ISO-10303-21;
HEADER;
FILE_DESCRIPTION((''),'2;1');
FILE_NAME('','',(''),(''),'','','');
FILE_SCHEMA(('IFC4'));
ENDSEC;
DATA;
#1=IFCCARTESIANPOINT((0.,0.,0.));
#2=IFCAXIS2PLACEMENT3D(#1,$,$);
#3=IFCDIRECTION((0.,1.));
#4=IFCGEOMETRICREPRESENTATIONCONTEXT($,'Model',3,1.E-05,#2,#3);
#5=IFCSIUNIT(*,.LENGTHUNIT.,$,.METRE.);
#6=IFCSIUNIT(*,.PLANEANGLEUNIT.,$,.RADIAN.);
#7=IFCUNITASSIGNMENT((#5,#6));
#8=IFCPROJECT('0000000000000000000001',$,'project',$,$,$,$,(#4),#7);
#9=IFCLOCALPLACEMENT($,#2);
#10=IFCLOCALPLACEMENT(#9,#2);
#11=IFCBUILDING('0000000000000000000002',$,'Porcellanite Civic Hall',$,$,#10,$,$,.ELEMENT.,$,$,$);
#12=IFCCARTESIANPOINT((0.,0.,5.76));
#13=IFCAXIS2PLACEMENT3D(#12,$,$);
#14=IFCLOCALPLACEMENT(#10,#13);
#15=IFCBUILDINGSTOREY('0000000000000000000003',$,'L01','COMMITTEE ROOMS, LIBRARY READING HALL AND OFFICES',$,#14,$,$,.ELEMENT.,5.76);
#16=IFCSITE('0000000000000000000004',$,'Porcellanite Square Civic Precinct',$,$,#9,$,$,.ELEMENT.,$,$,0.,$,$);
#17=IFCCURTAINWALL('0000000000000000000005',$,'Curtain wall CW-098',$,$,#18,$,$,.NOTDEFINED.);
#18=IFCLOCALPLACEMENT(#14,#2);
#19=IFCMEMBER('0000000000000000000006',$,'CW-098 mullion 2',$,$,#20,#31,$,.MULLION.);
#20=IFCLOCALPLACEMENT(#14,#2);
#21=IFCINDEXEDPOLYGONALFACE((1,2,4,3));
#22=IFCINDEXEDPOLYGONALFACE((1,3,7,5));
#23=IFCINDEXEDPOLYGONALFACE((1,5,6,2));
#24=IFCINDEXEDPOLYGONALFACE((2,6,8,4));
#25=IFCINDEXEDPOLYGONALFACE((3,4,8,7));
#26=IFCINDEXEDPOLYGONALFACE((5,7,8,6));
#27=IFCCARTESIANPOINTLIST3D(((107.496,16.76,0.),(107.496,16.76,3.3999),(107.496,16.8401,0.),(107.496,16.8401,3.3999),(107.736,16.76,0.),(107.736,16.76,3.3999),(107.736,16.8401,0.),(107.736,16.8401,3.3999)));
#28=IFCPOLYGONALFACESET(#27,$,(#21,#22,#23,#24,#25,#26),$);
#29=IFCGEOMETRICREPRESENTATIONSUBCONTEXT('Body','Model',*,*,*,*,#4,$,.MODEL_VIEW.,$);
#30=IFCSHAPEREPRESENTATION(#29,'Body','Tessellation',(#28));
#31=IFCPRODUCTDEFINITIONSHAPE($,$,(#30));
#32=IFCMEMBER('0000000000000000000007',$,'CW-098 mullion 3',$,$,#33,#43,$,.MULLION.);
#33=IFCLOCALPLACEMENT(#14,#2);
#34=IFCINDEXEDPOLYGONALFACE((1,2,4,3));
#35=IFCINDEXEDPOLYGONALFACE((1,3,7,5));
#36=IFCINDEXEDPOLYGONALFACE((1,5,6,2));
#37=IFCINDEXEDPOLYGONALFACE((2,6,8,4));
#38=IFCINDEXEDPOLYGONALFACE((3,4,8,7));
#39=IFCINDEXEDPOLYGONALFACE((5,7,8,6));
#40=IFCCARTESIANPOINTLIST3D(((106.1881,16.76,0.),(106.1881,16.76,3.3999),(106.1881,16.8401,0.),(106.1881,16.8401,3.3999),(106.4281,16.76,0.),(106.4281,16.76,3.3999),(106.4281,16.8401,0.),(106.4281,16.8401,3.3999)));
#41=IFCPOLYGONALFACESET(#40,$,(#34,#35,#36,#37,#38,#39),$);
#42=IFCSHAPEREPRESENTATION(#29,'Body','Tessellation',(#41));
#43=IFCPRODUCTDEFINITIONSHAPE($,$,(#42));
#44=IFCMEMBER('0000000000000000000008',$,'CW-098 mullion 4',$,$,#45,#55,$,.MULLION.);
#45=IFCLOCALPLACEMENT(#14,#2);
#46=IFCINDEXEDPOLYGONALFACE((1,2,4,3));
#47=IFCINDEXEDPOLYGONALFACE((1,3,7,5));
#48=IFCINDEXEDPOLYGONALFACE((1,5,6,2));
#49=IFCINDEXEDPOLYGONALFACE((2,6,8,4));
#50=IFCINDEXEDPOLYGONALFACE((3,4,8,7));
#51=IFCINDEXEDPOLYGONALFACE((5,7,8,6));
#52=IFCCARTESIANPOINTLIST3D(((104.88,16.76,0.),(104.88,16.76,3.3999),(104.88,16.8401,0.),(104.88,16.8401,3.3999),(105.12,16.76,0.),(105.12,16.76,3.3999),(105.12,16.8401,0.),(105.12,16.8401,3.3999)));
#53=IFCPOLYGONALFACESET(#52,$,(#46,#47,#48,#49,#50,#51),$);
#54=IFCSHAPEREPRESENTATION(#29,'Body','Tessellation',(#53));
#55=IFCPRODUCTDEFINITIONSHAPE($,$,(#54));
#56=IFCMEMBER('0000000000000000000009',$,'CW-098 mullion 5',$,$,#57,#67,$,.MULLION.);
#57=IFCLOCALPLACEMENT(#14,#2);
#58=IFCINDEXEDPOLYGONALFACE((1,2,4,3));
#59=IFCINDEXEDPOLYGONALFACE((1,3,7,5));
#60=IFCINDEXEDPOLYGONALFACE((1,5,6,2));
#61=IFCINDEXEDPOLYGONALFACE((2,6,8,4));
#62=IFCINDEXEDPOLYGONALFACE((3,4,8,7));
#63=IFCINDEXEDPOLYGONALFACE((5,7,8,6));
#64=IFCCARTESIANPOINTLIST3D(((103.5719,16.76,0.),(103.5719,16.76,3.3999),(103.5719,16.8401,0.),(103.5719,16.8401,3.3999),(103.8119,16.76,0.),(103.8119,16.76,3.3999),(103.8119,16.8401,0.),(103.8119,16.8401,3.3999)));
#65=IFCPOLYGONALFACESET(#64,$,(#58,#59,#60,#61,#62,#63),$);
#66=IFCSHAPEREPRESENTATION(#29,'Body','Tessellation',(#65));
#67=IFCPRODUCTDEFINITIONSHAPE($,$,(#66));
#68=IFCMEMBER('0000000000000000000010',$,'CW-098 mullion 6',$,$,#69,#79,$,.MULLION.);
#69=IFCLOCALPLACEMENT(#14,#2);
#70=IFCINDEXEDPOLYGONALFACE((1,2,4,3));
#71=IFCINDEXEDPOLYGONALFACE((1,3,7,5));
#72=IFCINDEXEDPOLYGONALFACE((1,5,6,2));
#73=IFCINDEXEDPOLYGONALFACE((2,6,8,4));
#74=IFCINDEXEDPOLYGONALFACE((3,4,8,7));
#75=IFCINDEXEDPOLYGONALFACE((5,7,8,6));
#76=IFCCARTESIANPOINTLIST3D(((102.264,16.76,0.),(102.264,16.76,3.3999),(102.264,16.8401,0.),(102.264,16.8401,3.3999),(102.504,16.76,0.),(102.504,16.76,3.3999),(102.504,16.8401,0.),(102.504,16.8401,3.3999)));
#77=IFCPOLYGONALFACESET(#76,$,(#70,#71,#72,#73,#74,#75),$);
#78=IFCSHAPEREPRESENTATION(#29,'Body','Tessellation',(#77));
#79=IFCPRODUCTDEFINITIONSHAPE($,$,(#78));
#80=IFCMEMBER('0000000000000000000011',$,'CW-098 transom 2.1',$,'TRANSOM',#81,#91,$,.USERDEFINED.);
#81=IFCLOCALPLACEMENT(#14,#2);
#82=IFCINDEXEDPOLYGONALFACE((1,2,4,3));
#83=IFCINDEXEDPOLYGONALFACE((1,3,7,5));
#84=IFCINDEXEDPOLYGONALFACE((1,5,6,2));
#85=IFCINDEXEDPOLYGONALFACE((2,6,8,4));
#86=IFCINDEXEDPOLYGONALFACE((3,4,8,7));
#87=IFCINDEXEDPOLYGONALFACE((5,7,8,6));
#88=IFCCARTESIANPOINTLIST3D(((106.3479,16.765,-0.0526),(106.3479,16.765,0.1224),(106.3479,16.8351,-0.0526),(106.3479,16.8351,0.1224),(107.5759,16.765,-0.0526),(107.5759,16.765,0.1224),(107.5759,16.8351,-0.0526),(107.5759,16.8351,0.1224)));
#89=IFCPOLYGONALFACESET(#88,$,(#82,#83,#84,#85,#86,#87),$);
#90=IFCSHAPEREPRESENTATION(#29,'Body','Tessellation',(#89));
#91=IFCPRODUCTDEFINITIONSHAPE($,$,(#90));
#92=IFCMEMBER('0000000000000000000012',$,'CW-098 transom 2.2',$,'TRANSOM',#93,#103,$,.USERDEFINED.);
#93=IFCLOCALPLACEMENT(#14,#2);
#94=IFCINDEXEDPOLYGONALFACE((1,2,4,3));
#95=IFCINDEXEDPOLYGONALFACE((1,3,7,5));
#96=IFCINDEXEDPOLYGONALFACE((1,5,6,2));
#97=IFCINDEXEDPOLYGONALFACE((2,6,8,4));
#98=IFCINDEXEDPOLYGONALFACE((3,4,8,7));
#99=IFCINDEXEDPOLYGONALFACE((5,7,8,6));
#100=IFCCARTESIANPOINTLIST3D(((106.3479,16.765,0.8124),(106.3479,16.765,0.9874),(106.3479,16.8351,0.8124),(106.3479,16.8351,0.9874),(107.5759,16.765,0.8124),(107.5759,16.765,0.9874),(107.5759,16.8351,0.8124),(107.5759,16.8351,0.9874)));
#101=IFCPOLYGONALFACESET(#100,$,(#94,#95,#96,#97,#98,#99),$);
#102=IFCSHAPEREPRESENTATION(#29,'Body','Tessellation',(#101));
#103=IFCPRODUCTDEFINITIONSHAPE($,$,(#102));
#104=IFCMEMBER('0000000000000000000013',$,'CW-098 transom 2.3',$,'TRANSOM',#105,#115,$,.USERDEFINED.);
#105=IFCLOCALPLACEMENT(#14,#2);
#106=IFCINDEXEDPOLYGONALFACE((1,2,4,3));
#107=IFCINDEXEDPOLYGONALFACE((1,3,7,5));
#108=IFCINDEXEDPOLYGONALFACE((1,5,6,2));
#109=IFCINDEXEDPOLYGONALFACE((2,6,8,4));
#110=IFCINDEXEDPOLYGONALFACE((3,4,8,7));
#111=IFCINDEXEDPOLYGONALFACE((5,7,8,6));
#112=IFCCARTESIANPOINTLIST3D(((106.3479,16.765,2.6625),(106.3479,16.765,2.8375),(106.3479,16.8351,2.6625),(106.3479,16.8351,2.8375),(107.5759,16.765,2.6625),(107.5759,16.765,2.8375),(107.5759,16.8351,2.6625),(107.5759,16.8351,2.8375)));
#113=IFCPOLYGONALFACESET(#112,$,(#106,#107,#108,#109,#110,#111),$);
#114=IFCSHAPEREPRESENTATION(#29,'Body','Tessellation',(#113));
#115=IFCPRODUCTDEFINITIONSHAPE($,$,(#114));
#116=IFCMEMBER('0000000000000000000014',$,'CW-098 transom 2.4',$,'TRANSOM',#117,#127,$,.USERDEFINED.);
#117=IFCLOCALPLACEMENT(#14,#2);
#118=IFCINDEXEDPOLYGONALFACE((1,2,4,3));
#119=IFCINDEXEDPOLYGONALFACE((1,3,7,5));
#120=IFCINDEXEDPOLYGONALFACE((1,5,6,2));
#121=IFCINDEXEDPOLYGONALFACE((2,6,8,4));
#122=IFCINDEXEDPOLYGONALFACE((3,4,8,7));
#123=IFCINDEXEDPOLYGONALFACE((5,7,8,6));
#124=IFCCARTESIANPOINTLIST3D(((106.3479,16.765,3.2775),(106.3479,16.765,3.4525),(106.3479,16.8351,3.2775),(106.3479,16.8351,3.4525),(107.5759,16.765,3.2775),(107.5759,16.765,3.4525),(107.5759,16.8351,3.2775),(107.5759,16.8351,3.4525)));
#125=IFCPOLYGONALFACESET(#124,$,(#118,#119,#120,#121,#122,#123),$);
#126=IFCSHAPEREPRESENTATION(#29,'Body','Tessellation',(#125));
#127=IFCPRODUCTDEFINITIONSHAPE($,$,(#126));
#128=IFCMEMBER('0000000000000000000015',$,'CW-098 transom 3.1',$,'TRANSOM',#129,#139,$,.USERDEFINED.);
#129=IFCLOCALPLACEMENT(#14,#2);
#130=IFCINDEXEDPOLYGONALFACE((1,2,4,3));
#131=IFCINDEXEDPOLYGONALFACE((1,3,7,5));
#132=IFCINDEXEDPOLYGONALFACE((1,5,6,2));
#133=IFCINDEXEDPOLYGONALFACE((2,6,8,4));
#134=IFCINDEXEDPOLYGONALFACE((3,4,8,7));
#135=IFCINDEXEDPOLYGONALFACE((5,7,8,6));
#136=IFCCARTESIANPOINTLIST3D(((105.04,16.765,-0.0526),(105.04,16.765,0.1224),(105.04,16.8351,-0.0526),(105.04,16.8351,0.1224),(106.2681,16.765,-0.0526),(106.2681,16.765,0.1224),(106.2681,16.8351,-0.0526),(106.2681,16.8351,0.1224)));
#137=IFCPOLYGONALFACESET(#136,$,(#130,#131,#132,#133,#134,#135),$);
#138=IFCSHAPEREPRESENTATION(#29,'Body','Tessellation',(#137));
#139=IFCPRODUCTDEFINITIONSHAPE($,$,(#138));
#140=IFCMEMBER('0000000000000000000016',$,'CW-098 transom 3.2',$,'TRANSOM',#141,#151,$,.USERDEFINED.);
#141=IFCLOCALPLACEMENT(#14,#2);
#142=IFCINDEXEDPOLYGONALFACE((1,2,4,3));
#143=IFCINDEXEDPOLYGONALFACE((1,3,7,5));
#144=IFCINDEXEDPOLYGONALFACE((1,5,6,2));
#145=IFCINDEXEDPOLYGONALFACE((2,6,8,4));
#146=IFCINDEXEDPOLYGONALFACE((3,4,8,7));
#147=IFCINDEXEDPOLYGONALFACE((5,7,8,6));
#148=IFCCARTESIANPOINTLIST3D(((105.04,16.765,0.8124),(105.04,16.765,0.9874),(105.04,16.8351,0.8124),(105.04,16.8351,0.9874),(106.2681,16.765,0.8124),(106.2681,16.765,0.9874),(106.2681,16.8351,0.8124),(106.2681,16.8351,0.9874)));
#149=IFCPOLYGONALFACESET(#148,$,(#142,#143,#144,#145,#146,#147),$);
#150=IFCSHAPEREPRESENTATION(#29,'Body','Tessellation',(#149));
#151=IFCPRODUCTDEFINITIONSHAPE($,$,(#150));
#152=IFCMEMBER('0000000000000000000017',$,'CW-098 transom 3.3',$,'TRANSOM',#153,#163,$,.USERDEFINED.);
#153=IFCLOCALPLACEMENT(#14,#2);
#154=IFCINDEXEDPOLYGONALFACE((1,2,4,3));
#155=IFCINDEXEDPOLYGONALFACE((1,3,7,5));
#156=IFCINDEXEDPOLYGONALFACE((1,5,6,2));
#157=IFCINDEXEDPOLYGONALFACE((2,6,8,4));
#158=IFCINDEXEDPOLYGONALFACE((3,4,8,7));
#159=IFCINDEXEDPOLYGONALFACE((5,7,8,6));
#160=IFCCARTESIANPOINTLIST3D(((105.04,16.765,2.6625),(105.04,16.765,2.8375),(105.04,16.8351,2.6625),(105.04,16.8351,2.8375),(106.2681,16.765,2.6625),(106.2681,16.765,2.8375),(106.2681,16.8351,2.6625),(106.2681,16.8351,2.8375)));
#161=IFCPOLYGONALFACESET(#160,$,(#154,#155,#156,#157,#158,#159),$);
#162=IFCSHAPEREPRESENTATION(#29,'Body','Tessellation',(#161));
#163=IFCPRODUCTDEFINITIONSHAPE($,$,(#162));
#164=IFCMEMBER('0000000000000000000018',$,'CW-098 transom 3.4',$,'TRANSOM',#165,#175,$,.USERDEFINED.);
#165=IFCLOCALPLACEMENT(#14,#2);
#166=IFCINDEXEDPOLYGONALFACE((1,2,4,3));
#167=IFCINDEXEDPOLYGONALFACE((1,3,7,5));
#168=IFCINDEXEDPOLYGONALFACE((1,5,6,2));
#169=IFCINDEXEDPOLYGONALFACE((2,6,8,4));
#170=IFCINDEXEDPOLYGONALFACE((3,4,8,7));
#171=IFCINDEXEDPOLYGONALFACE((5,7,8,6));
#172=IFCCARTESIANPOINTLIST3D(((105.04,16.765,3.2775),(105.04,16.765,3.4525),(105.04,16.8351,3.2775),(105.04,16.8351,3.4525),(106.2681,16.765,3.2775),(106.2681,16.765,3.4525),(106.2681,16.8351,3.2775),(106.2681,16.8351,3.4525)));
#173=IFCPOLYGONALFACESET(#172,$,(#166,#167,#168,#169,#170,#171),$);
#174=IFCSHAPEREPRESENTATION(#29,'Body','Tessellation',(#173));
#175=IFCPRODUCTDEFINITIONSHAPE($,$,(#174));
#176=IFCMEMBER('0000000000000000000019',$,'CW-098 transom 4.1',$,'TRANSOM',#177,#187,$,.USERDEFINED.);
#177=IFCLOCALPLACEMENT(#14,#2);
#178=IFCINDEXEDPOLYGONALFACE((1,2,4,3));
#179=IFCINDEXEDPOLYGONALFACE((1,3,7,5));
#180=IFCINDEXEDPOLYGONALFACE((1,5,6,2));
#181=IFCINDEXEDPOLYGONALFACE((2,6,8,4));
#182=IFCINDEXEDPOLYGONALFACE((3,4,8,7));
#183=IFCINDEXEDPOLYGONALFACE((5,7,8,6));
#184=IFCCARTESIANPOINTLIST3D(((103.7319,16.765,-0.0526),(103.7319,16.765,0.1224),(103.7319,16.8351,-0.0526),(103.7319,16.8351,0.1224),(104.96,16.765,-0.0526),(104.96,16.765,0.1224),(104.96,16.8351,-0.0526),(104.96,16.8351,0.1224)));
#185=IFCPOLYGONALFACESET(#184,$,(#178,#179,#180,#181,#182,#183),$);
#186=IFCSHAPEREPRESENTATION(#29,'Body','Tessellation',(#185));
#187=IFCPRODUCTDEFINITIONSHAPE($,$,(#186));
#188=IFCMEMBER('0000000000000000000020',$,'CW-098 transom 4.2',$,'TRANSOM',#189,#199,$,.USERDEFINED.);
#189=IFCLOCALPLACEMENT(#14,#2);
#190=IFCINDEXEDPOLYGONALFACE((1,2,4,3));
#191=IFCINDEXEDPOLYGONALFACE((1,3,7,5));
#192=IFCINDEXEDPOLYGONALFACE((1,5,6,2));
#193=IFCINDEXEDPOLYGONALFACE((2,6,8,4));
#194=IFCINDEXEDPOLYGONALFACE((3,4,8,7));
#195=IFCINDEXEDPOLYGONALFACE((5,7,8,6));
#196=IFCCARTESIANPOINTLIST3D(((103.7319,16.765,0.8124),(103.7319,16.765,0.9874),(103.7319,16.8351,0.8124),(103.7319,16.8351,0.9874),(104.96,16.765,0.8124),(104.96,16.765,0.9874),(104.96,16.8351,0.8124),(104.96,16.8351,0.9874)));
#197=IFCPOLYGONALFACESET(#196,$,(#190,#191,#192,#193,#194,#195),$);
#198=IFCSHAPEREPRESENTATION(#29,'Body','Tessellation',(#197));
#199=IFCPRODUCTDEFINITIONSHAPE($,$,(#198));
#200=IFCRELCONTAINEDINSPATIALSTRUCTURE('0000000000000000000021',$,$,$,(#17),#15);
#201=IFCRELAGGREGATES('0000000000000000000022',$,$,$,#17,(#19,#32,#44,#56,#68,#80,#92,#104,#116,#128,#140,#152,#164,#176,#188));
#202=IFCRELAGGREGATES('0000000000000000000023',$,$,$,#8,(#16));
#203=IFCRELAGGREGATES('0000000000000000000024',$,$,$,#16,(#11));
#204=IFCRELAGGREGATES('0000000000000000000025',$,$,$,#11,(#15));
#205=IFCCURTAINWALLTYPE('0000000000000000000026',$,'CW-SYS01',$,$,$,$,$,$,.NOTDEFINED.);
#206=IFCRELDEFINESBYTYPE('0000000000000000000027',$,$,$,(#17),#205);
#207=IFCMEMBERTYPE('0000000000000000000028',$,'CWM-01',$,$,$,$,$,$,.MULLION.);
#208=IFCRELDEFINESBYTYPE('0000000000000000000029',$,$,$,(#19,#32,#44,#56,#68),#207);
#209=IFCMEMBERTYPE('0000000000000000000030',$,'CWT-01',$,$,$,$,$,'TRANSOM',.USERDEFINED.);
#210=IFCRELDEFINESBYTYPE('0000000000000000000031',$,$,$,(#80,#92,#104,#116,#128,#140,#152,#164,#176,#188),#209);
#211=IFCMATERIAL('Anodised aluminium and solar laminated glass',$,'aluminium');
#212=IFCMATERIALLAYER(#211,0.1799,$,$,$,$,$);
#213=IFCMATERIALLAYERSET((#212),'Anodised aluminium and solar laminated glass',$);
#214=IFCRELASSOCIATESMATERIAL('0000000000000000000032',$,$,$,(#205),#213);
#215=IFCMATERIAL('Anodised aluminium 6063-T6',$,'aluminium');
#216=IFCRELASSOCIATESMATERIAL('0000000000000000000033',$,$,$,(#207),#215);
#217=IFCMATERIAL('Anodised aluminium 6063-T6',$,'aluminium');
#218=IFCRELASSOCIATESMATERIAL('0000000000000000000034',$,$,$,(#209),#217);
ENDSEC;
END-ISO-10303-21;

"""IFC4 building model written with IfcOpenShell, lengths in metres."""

from ifc_helpers import new_model, si_unit, direction, frame, origin, origin_2d, place, context, subcontext, project, spatial, rectangle, extrude, material, layer, layer_set, material_profile, profile_set, type_object, element, aggregate, save


model = new_model("IFC4")

# Units and contexts
model_context = context("Model", 3, precision=1e-05, world=origin(), true_north=direction((0.0, 1.0)))
body_context = subcontext(model_context, "Body", "Model", "MODEL_VIEW")
ifc_project = project(units=[si_unit("LENGTHUNIT", "METRE"), si_unit("PLANEANGLEUNIT", "RADIAN")], contexts=[model_context])

# Site, building, storey
site_placement = place(None, origin())
site = spatial("IfcSite", under=ifc_project, at=site_placement, Name="Porcellanite Square Civic Precinct", CompositionType="ELEMENT", RefElevation=0.0)
building_placement = place(site_placement, origin())
building = spatial("IfcBuilding", under=site, at=building_placement, Name="Porcellanite Civic Hall", CompositionType="ELEMENT")
storey_placement = place(building_placement, frame((0.0, 0.0, 5.76)))
storey = spatial("IfcBuildingStorey", under=building, at=storey_placement, Name="L01", Description="COMMITTEE ROOMS, LIBRARY READING HALL AND OFFICES", CompositionType="ELEMENT", Elevation=5.76)

# Curtain wall, members
ifc_material_1 = material(Name="Anodised aluminium and solar laminated glass", Category="aluminium")
ifc_layer_1 = layer(ifc_material_1, 0.1799)
ifc_layer_set_1 = layer_set([ifc_layer_1], Name="Anodised aluminium and solar laminated glass")
curtain_wall_type = type_object("IfcCurtainWallType", Name="CW-SYS01", PredefinedType="NOTDEFINED", material=ifc_layer_set_1)
curtain_wall_placement = place(storey_placement, origin())
curtain_wall = element("IfcCurtainWall", 1, at=curtain_wall_placement, inside=storey, type_object=curtain_wall_type, Name="Curtain wall CW-098", PredefinedType="NOTDEFINED")
ifc_material_2 = material(Name="Anodised aluminium 6063-T6", Category="aluminium")
ifc_material_profile_1 = material_profile(ifc_material_2, rectangle(XDim=0.0801, YDim=0.24, at=origin_2d()), Name="AL-80x240")
ifc_profile_set_1 = profile_set([ifc_material_profile_1], Name="Anodised aluminium 6063-T6")
member_type_1 = type_object("IfcMemberType", Name="CWM-01", PredefinedType="MULLION", material=ifc_profile_set_1)
member_1_placement = place(storey_placement, frame((107.616, 16.8, 0.0), z_axis=(0.0, 0.0, 1.0), x_axis=(0.0, -1.0, 0.0)))
member_1 = element("IfcMember", 2, at=member_1_placement, type_object=member_type_1, Name="CW-098 mullion 2", PredefinedType="MULLION", context=body_context, shape_type="SweptSolid", body=[
    extrude(rectangle(XDim=0.0801, YDim=0.24, at=origin_2d()), origin(), (0.0, 0.0, 1.0), 3.3999),
])
member_2_placement = place(storey_placement, frame((106.3081, 16.8, 0.0), z_axis=(0.0, 0.0, 1.0), x_axis=(0.0, -1.0, 0.0)))
member_2 = element("IfcMember", 3, at=member_2_placement, type_object=member_type_1, Name="CW-098 mullion 3", PredefinedType="MULLION", context=body_context, shape_type="SweptSolid", body=[
    extrude(rectangle(XDim=0.0801, YDim=0.24, at=origin_2d()), origin(), (0.0, 0.0, 1.0), 3.3999),
])
member_3_placement = place(storey_placement, frame((105.0, 16.8, 0.0), z_axis=(0.0, 0.0, 1.0), x_axis=(0.0, -1.0, 0.0)))
member_3 = element("IfcMember", 4, at=member_3_placement, type_object=member_type_1, Name="CW-098 mullion 4", PredefinedType="MULLION", context=body_context, shape_type="SweptSolid", body=[
    extrude(rectangle(XDim=0.0801, YDim=0.24, at=origin_2d()), origin(), (0.0, 0.0, 1.0), 3.3999),
])
member_4_placement = place(storey_placement, frame((103.6919, 16.8, 0.0), z_axis=(0.0, 0.0, 1.0), x_axis=(0.0, -1.0, 0.0)))
member_4 = element("IfcMember", 5, at=member_4_placement, type_object=member_type_1, Name="CW-098 mullion 5", PredefinedType="MULLION", context=body_context, shape_type="SweptSolid", body=[
    extrude(rectangle(XDim=0.0801, YDim=0.24, at=origin_2d()), origin(), (0.0, 0.0, 1.0), 3.3999),
])
member_5_placement = place(storey_placement, frame((102.384, 16.8, 0.0), z_axis=(0.0, 0.0, 1.0), x_axis=(0.0, -1.0, 0.0)))
member_5 = element("IfcMember", 6, at=member_5_placement, type_object=member_type_1, Name="CW-098 mullion 6", PredefinedType="MULLION", context=body_context, shape_type="SweptSolid", body=[
    extrude(rectangle(XDim=0.0801, YDim=0.24, at=origin_2d()), origin(), (0.0, 0.0, 1.0), 3.3999),
])
ifc_material_3 = material(Name="Anodised aluminium 6063-T6", Category="aluminium")
ifc_material_profile_2 = material_profile(ifc_material_3, rectangle(XDim=0.0701, YDim=0.175, at=origin_2d()), Name="AL-70x175")
ifc_profile_set_2 = profile_set([ifc_material_profile_2], Name="Anodised aluminium 6063-T6")
member_type_2 = type_object("IfcMemberType", Name="CWT-01", ElementType="TRANSOM", PredefinedType="USERDEFINED", material=ifc_profile_set_2)
member_6_placement = place(storey_placement, frame((107.5759, 16.8, 0.0349), z_axis=(-1.0, 0.0, 0.0), x_axis=(0.0, -1.0, 0.0)))
member_6 = element("IfcMember", 7, at=member_6_placement, type_object=member_type_2, Name="CW-098 transom 2.1", ObjectType="TRANSOM", PredefinedType="USERDEFINED", context=body_context, shape_type="SweptSolid", body=[
    extrude(rectangle(XDim=0.0701, YDim=0.175, at=origin_2d()), origin(), (0.0, 0.0, 1.0), 1.228),
])
member_7_placement = place(storey_placement, frame((107.5759, 16.8, 0.8999), z_axis=(-1.0, 0.0, 0.0), x_axis=(0.0, -1.0, 0.0)))
member_7 = element("IfcMember", 8, at=member_7_placement, type_object=member_type_2, Name="CW-098 transom 2.2", ObjectType="TRANSOM", PredefinedType="USERDEFINED", context=body_context, shape_type="SweptSolid", body=[
    extrude(rectangle(XDim=0.0701, YDim=0.175, at=origin_2d()), origin(), (0.0, 0.0, 1.0), 1.228),
])
member_8_placement = place(storey_placement, frame((107.5759, 16.8, 2.75), z_axis=(-1.0, 0.0, 0.0), x_axis=(0.0, -1.0, 0.0)))
member_8 = element("IfcMember", 9, at=member_8_placement, type_object=member_type_2, Name="CW-098 transom 2.3", ObjectType="TRANSOM", PredefinedType="USERDEFINED", context=body_context, shape_type="SweptSolid", body=[
    extrude(rectangle(XDim=0.0701, YDim=0.175, at=origin_2d()), origin(), (0.0, 0.0, 1.0), 1.228),
])
member_9_placement = place(storey_placement, frame((107.5759, 16.8, 3.365), z_axis=(-1.0, 0.0, 0.0), x_axis=(0.0, -1.0, 0.0)))
member_9 = element("IfcMember", 10, at=member_9_placement, type_object=member_type_2, Name="CW-098 transom 2.4", ObjectType="TRANSOM", PredefinedType="USERDEFINED", context=body_context, shape_type="SweptSolid", body=[
    extrude(rectangle(XDim=0.0701, YDim=0.175, at=origin_2d()), origin(), (0.0, 0.0, 1.0), 1.228),
])
member_10_placement = place(storey_placement, frame((106.2681, 16.8, 0.0349), z_axis=(-1.0, 0.0, 0.0), x_axis=(0.0, -1.0, 0.0)))
member_10 = element("IfcMember", 11, at=member_10_placement, type_object=member_type_2, Name="CW-098 transom 3.1", ObjectType="TRANSOM", PredefinedType="USERDEFINED", context=body_context, shape_type="SweptSolid", body=[
    extrude(rectangle(XDim=0.0701, YDim=0.175, at=origin_2d()), origin(), (0.0, 0.0, 1.0), 1.228),
])
member_11_placement = place(storey_placement, frame((106.2681, 16.8, 0.8999), z_axis=(-1.0, 0.0, 0.0), x_axis=(0.0, -1.0, 0.0)))
member_11 = element("IfcMember", 12, at=member_11_placement, type_object=member_type_2, Name="CW-098 transom 3.2", ObjectType="TRANSOM", PredefinedType="USERDEFINED", context=body_context, shape_type="SweptSolid", body=[
    extrude(rectangle(XDim=0.0701, YDim=0.175, at=origin_2d()), origin(), (0.0, 0.0, 1.0), 1.228),
])
member_12_placement = place(storey_placement, frame((106.2681, 16.8, 2.75), z_axis=(-1.0, 0.0, 0.0), x_axis=(0.0, -1.0, 0.0)))
member_12 = element("IfcMember", 13, at=member_12_placement, type_object=member_type_2, Name="CW-098 transom 3.3", ObjectType="TRANSOM", PredefinedType="USERDEFINED", context=body_context, shape_type="SweptSolid", body=[
    extrude(rectangle(XDim=0.0701, YDim=0.175, at=origin_2d()), origin(), (0.0, 0.0, 1.0), 1.228),
])
member_13_placement = place(storey_placement, frame((106.2681, 16.8, 3.365), z_axis=(-1.0, 0.0, 0.0), x_axis=(0.0, -1.0, 0.0)))
member_13 = element("IfcMember", 14, at=member_13_placement, type_object=member_type_2, Name="CW-098 transom 3.4", ObjectType="TRANSOM", PredefinedType="USERDEFINED", context=body_context, shape_type="SweptSolid", body=[
    extrude(rectangle(XDim=0.0701, YDim=0.175, at=origin_2d()), origin(), (0.0, 0.0, 1.0), 1.228),
])
member_14_placement = place(storey_placement, frame((104.96, 16.8, 0.0349), z_axis=(-1.0, 0.0, 0.0), x_axis=(0.0, -1.0, 0.0)))
member_14 = element("IfcMember", 15, at=member_14_placement, type_object=member_type_2, Name="CW-098 transom 4.1", ObjectType="TRANSOM", PredefinedType="USERDEFINED", context=body_context, shape_type="SweptSolid", body=[
    extrude(rectangle(XDim=0.0701, YDim=0.175, at=origin_2d()), origin(), (0.0, 0.0, 1.0), 1.228),
])
member_15_placement = place(storey_placement, frame((104.96, 16.8, 0.8999), z_axis=(-1.0, 0.0, 0.0), x_axis=(0.0, -1.0, 0.0)))
member_15 = element("IfcMember", 16, at=member_15_placement, type_object=member_type_2, Name="CW-098 transom 4.2", ObjectType="TRANSOM", PredefinedType="USERDEFINED", context=body_context, shape_type="SweptSolid", body=[
    extrude(rectangle(XDim=0.0701, YDim=0.175, at=origin_2d()), origin(), (0.0, 0.0, 1.0), 1.228),
])
aggregate(curtain_wall, [member_1, member_2, member_3, member_4, member_5, member_6, member_7, member_8, member_9, member_10, member_11, member_12, member_13, member_14, member_15])

save(model, "model.ifc")
